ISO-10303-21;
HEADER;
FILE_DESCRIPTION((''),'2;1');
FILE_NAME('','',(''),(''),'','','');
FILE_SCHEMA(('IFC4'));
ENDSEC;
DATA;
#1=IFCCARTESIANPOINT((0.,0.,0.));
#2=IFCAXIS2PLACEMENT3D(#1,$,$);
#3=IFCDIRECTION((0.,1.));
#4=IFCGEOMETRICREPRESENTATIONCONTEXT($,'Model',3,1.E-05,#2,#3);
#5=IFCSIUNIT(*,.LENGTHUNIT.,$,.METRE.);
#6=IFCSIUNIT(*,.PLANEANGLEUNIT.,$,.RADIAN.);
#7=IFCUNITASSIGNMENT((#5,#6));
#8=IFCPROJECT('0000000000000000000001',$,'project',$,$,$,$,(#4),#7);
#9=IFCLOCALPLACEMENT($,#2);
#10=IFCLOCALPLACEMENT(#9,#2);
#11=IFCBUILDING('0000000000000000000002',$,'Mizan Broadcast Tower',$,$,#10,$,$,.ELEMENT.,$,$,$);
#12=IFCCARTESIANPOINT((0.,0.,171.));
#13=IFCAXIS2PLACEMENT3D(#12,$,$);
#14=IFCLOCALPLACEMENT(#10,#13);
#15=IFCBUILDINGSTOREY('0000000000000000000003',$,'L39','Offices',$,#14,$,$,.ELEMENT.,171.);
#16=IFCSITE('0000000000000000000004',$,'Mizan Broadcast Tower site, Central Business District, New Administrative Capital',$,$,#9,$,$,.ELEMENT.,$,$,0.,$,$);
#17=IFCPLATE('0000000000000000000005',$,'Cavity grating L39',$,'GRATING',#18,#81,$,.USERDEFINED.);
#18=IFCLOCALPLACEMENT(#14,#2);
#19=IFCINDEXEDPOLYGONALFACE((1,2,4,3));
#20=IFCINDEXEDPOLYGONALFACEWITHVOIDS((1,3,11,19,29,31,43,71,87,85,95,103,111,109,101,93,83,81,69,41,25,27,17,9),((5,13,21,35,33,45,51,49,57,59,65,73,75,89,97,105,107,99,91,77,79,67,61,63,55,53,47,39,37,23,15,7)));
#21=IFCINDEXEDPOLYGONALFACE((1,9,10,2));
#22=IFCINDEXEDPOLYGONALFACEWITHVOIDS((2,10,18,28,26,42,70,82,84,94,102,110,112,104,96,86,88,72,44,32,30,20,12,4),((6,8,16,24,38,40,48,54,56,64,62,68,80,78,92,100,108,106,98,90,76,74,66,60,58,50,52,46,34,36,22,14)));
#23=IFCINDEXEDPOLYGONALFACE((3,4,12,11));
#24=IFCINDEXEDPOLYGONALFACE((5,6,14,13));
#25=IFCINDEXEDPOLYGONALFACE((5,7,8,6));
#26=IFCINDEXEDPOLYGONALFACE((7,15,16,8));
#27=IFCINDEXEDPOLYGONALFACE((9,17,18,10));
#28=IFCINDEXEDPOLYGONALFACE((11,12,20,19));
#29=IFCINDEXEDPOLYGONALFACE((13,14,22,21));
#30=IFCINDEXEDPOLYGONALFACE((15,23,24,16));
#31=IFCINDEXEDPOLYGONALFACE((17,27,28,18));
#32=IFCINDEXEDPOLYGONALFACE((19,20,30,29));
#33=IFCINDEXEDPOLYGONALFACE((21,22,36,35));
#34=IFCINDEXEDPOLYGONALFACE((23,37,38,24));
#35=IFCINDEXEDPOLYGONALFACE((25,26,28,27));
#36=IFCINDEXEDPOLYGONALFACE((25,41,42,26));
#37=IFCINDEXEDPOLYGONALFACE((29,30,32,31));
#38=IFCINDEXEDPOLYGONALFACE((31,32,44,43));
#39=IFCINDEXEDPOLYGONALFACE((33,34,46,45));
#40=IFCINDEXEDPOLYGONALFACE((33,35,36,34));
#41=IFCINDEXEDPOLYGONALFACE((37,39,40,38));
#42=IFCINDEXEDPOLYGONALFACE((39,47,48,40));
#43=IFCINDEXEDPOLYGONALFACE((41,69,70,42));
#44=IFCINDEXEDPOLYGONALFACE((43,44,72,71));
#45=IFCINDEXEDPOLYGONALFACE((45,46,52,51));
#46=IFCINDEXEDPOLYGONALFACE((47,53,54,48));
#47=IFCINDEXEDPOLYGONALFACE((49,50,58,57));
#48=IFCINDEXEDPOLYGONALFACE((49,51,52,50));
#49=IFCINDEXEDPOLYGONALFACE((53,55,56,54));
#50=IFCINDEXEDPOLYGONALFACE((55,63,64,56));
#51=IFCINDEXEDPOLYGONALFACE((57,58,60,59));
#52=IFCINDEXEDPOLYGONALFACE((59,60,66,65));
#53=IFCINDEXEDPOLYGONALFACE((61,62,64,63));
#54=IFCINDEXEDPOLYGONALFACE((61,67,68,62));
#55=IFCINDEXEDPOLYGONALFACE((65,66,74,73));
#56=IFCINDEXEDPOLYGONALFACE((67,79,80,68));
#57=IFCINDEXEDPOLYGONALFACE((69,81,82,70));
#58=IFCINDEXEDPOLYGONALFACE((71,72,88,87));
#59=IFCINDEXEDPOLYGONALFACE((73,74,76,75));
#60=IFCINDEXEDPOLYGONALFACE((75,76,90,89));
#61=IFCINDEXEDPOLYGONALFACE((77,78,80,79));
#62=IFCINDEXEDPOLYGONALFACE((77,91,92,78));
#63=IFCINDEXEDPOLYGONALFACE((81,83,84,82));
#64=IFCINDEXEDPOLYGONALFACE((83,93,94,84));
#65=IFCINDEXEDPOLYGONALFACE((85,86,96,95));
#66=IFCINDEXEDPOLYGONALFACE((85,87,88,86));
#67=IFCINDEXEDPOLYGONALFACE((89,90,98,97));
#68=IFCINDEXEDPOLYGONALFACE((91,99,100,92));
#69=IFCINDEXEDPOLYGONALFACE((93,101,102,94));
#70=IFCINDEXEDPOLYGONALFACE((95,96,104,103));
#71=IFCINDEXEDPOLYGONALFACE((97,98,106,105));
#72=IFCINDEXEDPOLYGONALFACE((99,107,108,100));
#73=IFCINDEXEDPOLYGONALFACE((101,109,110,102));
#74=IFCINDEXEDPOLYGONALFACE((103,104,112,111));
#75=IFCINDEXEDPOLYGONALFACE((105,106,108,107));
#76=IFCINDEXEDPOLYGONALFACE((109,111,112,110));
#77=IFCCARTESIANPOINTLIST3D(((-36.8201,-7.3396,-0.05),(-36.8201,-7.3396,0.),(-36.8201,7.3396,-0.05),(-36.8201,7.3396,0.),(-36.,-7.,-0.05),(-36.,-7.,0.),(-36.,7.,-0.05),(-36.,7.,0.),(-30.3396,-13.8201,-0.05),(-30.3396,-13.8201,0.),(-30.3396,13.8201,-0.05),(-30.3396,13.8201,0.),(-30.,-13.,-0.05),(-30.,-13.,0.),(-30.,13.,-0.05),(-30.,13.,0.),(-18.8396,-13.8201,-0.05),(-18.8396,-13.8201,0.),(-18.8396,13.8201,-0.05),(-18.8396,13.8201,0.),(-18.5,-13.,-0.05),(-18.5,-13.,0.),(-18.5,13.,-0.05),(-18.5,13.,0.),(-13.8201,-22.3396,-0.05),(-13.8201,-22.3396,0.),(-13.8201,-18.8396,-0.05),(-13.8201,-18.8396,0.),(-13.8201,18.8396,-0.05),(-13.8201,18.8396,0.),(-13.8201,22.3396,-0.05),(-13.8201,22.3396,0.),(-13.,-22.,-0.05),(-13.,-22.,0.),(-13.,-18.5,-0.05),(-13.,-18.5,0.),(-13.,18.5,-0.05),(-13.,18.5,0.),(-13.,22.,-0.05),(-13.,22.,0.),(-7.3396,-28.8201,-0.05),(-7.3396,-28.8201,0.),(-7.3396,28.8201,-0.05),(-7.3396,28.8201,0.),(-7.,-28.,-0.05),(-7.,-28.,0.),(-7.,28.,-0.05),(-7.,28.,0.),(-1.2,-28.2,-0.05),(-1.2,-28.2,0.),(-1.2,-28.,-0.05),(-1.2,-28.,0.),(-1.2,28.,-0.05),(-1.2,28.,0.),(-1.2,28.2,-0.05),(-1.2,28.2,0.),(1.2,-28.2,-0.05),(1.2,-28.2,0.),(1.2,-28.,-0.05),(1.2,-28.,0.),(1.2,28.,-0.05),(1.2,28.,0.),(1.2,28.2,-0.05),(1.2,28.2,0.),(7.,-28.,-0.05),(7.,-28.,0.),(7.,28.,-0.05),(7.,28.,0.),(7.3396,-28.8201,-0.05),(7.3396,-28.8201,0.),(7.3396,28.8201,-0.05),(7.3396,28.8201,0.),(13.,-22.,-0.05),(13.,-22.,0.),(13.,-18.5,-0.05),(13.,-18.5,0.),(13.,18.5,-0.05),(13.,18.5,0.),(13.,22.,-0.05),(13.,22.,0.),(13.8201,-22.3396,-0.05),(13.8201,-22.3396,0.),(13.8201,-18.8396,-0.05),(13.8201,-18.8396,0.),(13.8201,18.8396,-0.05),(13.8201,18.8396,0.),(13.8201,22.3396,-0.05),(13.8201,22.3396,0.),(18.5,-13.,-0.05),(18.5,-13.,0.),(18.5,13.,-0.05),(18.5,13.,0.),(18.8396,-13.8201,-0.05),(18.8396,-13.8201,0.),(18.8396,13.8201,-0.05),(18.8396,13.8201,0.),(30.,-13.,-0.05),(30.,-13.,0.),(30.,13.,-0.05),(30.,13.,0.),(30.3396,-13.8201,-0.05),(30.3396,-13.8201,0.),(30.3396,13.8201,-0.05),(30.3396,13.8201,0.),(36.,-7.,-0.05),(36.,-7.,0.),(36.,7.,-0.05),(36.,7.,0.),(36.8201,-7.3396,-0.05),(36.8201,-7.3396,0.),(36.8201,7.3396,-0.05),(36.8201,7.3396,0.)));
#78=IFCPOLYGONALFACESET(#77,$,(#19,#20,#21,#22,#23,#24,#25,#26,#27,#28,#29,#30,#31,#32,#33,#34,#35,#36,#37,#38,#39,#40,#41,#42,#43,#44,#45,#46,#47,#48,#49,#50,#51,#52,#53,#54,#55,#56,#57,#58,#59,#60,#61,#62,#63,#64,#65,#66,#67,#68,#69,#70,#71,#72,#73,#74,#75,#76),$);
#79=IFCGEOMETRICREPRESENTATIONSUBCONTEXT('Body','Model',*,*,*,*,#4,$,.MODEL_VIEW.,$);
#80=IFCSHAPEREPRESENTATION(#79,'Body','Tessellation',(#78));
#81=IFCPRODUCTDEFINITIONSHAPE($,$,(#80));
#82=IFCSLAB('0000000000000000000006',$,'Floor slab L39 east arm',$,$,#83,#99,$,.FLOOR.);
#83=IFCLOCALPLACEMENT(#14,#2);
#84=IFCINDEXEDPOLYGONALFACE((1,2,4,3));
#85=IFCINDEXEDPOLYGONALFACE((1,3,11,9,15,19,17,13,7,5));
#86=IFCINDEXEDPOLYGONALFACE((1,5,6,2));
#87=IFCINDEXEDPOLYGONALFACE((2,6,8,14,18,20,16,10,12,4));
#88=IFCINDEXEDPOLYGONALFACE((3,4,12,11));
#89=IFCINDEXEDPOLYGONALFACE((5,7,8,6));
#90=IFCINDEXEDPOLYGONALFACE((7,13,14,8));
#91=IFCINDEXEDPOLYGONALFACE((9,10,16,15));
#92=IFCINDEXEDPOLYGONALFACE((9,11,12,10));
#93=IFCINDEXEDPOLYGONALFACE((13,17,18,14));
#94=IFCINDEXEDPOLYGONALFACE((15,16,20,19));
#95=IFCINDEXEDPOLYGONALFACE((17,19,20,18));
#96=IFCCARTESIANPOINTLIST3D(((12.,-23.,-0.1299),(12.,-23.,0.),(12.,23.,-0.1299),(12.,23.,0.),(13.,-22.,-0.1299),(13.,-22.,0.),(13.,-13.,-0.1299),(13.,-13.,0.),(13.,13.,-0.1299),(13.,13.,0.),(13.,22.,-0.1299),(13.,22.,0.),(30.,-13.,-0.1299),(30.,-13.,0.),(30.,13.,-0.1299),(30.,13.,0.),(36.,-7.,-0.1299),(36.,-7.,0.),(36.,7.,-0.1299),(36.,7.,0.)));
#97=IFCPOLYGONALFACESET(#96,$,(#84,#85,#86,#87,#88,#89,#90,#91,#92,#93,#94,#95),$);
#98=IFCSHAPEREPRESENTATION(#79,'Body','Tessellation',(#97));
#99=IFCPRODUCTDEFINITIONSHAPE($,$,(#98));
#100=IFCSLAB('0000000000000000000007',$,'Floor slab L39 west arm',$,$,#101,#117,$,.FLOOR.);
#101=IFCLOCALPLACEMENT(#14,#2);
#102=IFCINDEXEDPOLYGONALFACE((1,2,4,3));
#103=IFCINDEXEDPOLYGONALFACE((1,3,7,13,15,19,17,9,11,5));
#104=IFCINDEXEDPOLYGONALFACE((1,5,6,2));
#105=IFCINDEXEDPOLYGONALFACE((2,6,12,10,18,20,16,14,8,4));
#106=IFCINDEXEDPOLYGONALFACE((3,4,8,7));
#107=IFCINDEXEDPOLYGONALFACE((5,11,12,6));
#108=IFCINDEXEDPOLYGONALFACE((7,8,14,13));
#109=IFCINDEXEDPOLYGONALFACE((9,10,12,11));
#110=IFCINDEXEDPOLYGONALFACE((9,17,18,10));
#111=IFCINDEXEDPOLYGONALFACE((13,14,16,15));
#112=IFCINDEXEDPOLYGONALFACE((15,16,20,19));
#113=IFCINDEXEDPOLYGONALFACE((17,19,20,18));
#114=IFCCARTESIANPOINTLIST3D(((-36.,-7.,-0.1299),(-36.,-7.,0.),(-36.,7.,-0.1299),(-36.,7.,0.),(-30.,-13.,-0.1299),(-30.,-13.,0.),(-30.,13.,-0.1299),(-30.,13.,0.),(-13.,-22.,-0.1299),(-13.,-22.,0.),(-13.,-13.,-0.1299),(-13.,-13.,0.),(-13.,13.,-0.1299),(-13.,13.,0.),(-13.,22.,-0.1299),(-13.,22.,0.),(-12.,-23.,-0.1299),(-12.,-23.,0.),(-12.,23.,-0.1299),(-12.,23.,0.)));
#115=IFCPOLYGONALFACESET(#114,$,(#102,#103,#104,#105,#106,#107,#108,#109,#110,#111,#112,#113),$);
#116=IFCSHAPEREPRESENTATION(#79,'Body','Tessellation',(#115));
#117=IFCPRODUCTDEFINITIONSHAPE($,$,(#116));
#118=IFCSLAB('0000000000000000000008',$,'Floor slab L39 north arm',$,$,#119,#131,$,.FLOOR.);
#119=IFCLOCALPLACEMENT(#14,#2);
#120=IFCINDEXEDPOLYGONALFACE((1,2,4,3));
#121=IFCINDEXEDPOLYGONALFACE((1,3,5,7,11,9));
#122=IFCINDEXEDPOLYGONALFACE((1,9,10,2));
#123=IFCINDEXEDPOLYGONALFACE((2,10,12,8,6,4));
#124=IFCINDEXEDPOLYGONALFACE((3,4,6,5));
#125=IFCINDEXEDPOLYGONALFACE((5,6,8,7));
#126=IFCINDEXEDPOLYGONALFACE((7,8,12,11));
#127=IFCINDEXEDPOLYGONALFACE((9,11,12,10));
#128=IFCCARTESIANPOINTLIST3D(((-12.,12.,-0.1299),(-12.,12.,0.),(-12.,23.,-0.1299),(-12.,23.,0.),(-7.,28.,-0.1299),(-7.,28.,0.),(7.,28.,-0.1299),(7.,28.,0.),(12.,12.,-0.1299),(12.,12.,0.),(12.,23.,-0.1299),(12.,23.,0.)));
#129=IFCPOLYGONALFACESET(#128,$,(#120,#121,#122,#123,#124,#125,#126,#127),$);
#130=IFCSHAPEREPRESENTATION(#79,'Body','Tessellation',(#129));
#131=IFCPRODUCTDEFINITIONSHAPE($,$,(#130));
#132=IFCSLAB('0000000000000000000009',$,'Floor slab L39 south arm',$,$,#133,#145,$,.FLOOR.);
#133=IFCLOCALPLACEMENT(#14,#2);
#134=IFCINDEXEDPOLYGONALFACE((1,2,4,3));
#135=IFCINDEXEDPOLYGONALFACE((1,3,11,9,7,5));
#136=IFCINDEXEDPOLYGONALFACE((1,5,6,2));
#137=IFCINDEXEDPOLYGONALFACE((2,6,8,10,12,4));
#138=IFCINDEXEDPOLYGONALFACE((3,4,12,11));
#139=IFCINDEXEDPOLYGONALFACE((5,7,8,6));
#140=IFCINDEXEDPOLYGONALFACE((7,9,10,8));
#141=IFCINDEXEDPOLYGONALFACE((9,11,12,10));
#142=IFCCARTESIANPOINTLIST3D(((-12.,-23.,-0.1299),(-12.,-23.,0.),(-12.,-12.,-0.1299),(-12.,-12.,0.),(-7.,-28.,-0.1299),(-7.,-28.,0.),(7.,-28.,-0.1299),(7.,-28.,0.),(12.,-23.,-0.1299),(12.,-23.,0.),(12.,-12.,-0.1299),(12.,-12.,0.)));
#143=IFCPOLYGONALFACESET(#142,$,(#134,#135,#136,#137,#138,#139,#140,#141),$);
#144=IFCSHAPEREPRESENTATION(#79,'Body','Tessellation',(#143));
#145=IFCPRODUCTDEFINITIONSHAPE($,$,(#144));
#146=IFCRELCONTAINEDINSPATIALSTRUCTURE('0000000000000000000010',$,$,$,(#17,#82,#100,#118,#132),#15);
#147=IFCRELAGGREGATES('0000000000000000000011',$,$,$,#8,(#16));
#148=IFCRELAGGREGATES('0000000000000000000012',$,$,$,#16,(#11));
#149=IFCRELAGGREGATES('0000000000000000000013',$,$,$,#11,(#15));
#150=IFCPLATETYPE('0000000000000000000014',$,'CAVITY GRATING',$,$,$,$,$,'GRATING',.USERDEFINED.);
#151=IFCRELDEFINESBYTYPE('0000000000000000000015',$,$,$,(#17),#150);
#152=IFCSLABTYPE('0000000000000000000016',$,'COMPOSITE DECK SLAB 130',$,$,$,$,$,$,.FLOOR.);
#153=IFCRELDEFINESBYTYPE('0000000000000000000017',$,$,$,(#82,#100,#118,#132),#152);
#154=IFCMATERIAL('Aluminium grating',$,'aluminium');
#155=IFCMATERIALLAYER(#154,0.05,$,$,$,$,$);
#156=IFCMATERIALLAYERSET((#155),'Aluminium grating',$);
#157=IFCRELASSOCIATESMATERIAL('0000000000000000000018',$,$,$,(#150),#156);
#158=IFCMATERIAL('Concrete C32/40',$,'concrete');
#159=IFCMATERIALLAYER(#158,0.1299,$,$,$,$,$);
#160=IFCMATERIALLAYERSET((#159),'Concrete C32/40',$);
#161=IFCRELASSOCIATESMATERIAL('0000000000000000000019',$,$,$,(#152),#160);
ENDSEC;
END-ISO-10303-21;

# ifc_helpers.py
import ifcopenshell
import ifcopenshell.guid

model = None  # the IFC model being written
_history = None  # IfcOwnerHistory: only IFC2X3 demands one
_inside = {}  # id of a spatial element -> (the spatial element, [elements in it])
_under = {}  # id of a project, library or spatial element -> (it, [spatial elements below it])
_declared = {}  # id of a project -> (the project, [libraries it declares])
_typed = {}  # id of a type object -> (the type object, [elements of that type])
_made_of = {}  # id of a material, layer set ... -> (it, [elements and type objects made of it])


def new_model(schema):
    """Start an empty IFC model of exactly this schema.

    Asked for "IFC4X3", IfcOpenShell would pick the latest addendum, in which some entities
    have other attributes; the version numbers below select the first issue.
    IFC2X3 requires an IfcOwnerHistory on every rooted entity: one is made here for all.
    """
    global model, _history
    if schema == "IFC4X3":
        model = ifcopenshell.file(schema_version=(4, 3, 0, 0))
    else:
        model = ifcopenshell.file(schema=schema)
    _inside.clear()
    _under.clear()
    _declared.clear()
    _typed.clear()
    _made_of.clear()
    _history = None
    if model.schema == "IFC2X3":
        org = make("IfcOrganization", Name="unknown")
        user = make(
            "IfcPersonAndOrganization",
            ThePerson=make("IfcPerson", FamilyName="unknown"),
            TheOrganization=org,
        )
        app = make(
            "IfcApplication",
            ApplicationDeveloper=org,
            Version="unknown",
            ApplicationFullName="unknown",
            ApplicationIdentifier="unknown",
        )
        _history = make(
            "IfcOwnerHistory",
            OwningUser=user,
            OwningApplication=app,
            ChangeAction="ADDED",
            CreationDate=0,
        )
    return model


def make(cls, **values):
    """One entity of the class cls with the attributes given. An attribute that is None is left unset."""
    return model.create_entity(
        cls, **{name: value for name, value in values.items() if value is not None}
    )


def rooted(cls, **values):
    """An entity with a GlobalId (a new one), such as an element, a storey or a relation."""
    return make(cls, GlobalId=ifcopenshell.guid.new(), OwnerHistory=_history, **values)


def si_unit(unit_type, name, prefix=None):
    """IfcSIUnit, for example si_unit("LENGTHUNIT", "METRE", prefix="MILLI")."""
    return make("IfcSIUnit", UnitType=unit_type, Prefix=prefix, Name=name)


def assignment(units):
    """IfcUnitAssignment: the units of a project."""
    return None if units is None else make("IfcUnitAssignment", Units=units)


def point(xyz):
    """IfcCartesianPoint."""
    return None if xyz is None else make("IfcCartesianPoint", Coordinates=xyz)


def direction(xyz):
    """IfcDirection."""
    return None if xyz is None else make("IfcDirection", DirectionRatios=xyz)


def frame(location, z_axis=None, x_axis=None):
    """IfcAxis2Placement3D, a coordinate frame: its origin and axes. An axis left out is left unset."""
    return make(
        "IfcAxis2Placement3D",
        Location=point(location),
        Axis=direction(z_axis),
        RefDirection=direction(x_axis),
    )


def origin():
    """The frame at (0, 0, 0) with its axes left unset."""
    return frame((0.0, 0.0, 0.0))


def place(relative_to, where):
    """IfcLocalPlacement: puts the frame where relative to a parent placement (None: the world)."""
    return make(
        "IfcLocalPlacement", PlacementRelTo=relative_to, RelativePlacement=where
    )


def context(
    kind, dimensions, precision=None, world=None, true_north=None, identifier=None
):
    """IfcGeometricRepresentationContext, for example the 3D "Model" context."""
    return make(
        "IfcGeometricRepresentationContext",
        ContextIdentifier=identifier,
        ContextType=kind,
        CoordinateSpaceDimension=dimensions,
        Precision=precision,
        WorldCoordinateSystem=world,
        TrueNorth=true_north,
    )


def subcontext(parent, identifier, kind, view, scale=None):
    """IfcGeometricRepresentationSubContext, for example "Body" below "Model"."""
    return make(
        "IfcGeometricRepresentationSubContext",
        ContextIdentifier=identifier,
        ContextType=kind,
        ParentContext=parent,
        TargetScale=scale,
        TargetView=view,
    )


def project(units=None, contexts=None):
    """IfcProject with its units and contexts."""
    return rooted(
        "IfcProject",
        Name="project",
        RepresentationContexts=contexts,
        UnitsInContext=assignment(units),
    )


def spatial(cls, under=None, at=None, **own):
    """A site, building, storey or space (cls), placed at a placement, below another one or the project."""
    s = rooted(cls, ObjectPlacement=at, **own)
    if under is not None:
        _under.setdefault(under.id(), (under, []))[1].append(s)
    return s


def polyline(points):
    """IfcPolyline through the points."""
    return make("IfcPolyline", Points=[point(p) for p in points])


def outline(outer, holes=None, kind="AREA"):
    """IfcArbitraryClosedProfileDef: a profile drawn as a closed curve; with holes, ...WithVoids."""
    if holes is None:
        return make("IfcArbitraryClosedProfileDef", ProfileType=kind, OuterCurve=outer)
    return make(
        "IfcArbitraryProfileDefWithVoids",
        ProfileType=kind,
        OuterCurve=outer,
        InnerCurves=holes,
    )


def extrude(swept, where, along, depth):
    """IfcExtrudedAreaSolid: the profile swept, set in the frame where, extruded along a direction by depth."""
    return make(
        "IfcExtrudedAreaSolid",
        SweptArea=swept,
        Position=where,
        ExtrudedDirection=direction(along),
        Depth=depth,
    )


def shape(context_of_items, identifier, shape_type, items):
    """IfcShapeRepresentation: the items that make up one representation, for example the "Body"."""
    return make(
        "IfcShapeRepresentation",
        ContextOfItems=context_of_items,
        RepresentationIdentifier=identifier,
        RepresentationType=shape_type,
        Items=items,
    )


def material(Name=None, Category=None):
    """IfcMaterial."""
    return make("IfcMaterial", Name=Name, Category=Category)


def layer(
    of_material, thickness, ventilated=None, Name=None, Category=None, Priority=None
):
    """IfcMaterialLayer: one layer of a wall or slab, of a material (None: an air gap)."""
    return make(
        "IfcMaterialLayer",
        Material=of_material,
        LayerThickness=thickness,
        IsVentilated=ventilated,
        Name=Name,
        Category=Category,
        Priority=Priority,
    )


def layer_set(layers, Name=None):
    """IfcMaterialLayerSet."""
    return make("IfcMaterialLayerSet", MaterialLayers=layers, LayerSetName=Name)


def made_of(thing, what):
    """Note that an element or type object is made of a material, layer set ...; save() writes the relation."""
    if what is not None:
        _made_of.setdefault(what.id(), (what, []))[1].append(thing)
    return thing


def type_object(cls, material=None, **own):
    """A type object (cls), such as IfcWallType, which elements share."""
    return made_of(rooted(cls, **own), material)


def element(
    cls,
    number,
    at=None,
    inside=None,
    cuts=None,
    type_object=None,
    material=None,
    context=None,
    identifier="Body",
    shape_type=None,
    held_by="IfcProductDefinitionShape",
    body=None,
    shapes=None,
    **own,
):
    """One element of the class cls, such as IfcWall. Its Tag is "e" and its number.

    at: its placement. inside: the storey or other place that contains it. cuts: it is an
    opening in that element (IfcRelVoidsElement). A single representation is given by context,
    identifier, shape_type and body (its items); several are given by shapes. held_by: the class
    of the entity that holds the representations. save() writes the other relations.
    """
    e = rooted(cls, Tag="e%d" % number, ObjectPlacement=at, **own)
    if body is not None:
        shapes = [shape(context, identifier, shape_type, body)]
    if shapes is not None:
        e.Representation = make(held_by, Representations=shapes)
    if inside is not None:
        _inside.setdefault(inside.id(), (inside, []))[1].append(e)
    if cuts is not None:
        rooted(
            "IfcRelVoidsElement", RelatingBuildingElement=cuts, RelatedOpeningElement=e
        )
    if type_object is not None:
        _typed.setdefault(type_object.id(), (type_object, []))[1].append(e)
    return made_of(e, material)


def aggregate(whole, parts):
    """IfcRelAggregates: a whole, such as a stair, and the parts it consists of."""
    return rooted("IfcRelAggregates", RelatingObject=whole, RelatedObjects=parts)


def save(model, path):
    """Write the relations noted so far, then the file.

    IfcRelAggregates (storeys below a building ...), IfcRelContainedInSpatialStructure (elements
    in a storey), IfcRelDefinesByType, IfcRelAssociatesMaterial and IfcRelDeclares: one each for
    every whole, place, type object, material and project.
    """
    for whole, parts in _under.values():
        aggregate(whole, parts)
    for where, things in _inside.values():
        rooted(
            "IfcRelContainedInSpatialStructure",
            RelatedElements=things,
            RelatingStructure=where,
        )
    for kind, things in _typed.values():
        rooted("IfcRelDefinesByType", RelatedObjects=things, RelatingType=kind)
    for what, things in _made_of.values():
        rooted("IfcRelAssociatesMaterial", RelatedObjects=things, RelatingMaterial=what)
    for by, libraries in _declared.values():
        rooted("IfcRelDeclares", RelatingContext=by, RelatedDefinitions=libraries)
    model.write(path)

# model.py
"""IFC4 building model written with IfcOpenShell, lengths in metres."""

from ifc_helpers import new_model, si_unit, direction, frame, origin, place, context, subcontext, project, spatial, polyline, outline, extrude, material, layer, layer_set, type_object, element, save


model = new_model("IFC4")

# Units and contexts
model_context = context("Model", 3, precision=1e-05, world=origin(), true_north=direction((0.0, 1.0)))
body_context = subcontext(model_context, "Body", "Model", "MODEL_VIEW")
ifc_project = project(units=[si_unit("LENGTHUNIT", "METRE"), si_unit("PLANEANGLEUNIT", "RADIAN")], contexts=[model_context])

# Site, building, storey
site_placement = place(None, origin())
site = spatial("IfcSite", under=ifc_project, at=site_placement, Name="Mizan Broadcast Tower site, Central Business District, New Administrative Capital", CompositionType="ELEMENT", RefElevation=0.0)
building_placement = place(site_placement, origin())
building = spatial("IfcBuilding", under=site, at=building_placement, Name="Mizan Broadcast Tower", CompositionType="ELEMENT")
storey_placement = place(building_placement, frame((0.0, 0.0, 171.0)))
storey = spatial("IfcBuildingStorey", under=building, at=storey_placement, Name="L39", Description="Offices", CompositionType="ELEMENT", Elevation=171.0)

# Plate
ifc_material_1 = material(Name="Aluminium grating", Category="aluminium")
ifc_layer_1 = layer(ifc_material_1, 0.05)
ifc_layer_set_1 = layer_set([ifc_layer_1], Name="Aluminium grating")
plate_type = type_object("IfcPlateType", Name="CAVITY GRATING", ElementType="GRATING", PredefinedType="USERDEFINED", material=ifc_layer_set_1)
plate_placement = place(storey_placement, frame((0.0, 0.0, -0.05)))
element("IfcPlate", 1, at=plate_placement, inside=storey, type_object=plate_type, Name="Cavity grating L39", ObjectType="GRATING", PredefinedType="USERDEFINED", context=body_context, shape_type="SweptSolid", body=[
    extrude(outline(polyline([(13.8201, -18.8396), (18.8396, -13.8201), (30.3396, -13.8201), (36.8201, -7.3396), (36.8201, 7.3396), (30.3396, 13.8201), (18.8396, 13.8201), (13.8201, 18.8396), (13.8201, 22.3396), (7.3396, 28.8201), (-7.3396, 28.8201), (-13.8201, 22.3396), (-13.8201, 18.8396), (-18.8396, 13.8201), (-30.3396, 13.8201), (-36.8201, 7.3396), (-36.8201, -7.3396), (-30.3396, -13.8201), (-18.8396, -13.8201), (-13.8201, -18.8396), (-13.8201, -22.3396), (-7.3396, -28.8201), (7.3396, -28.8201), (13.8201, -22.3396), (13.8201, -18.8396)]), holes=[polyline([(36.0, 7.0), (36.0, -7.0), (30.0, -13.0), (18.5, -13.0), (13.0, -18.5), (13.0, -22.0), (7.0, -28.0), (1.2, -28.0), (1.2, -28.2), (-1.2, -28.2), (-1.2, -28.0), (-7.0, -28.0), (-13.0, -22.0), (-13.0, -18.5), (-18.5, -13.0), (-30.0, -13.0), (-36.0, -7.0), (-36.0, 7.0), (-30.0, 13.0), (-18.5, 13.0), (-13.0, 18.5), (-13.0, 22.0), (-7.0, 28.0), (-1.2, 28.0), (-1.2, 28.2), (1.2, 28.2), (1.2, 28.0), (7.0, 28.0), (13.0, 22.0), (13.0, 18.5), (18.5, 13.0), (30.0, 13.0), (36.0, 7.0)])]), origin(), (0.0, 0.0, 1.0), 0.05),
])

# Slabs
ifc_material_2 = material(Name="Concrete C32/40", Category="concrete")
ifc_layer_2 = layer(ifc_material_2, 0.1299)
ifc_layer_set_2 = layer_set([ifc_layer_2], Name="Concrete C32/40")
slab_type_1 = type_object("IfcSlabType", Name="COMPOSITE DECK SLAB 130", PredefinedType="FLOOR", material=ifc_layer_set_2)
slab_1_placement = place(storey_placement, frame((0.0, 0.0, -0.1299)))
element("IfcSlab", 2, at=slab_1_placement, inside=storey, type_object=slab_type_1, Name="Floor slab L39 east arm", PredefinedType="FLOOR", context=body_context, shape_type="SweptSolid", body=[
    extrude(outline(polyline([(12.0, -23.0), (13.0, -22.0), (13.0, -13.0), (30.0, -13.0), (36.0, -7.0), (36.0, 7.0), (30.0, 13.0), (13.0, 13.0), (13.0, 22.0), (12.0, 23.0), (12.0, -23.0)])), origin(), (0.0, 0.0, 1.0), 0.1299),
])
slab_2_placement = place(storey_placement, frame((0.0, 0.0, -0.1299)))
element("IfcSlab", 3, at=slab_2_placement, inside=storey, type_object=slab_type_1, Name="Floor slab L39 west arm", PredefinedType="FLOOR", context=body_context, shape_type="SweptSolid", body=[
    extrude(outline(polyline([(-13.0, -22.0), (-12.0, -23.0), (-12.0, 23.0), (-13.0, 22.0), (-13.0, 13.0), (-30.0, 13.0), (-36.0, 7.0), (-36.0, -7.0), (-30.0, -13.0), (-13.0, -13.0), (-13.0, -22.0)])), origin(), (0.0, 0.0, 1.0), 0.1299),
])
slab_3_placement = place(storey_placement, frame((0.0, 0.0, -0.1299)))
element("IfcSlab", 4, at=slab_3_placement, inside=storey, type_object=slab_type_1, Name="Floor slab L39 north arm", PredefinedType="FLOOR", context=body_context, shape_type="SweptSolid", body=[
    extrude(outline(polyline([(-7.0, 28.0), (-12.0, 23.0), (-12.0, 12.0), (12.0, 12.0), (12.0, 23.0), (7.0, 28.0), (-7.0, 28.0)])), origin(), (0.0, 0.0, 1.0), 0.1299),
])
slab_4_placement = place(storey_placement, frame((0.0, 0.0, -0.1299)))
element("IfcSlab", 5, at=slab_4_placement, inside=storey, type_object=slab_type_1, Name="Floor slab L39 south arm", PredefinedType="FLOOR", context=body_context, shape_type="SweptSolid", body=[
    extrude(outline(polyline([(7.0, -28.0), (12.0, -23.0), (12.0, -12.0), (-12.0, -12.0), (-12.0, -23.0), (-7.0, -28.0), (7.0, -28.0)])), origin(), (0.0, 0.0, 1.0), 0.1299),
])

save(model, "model.ifc")
